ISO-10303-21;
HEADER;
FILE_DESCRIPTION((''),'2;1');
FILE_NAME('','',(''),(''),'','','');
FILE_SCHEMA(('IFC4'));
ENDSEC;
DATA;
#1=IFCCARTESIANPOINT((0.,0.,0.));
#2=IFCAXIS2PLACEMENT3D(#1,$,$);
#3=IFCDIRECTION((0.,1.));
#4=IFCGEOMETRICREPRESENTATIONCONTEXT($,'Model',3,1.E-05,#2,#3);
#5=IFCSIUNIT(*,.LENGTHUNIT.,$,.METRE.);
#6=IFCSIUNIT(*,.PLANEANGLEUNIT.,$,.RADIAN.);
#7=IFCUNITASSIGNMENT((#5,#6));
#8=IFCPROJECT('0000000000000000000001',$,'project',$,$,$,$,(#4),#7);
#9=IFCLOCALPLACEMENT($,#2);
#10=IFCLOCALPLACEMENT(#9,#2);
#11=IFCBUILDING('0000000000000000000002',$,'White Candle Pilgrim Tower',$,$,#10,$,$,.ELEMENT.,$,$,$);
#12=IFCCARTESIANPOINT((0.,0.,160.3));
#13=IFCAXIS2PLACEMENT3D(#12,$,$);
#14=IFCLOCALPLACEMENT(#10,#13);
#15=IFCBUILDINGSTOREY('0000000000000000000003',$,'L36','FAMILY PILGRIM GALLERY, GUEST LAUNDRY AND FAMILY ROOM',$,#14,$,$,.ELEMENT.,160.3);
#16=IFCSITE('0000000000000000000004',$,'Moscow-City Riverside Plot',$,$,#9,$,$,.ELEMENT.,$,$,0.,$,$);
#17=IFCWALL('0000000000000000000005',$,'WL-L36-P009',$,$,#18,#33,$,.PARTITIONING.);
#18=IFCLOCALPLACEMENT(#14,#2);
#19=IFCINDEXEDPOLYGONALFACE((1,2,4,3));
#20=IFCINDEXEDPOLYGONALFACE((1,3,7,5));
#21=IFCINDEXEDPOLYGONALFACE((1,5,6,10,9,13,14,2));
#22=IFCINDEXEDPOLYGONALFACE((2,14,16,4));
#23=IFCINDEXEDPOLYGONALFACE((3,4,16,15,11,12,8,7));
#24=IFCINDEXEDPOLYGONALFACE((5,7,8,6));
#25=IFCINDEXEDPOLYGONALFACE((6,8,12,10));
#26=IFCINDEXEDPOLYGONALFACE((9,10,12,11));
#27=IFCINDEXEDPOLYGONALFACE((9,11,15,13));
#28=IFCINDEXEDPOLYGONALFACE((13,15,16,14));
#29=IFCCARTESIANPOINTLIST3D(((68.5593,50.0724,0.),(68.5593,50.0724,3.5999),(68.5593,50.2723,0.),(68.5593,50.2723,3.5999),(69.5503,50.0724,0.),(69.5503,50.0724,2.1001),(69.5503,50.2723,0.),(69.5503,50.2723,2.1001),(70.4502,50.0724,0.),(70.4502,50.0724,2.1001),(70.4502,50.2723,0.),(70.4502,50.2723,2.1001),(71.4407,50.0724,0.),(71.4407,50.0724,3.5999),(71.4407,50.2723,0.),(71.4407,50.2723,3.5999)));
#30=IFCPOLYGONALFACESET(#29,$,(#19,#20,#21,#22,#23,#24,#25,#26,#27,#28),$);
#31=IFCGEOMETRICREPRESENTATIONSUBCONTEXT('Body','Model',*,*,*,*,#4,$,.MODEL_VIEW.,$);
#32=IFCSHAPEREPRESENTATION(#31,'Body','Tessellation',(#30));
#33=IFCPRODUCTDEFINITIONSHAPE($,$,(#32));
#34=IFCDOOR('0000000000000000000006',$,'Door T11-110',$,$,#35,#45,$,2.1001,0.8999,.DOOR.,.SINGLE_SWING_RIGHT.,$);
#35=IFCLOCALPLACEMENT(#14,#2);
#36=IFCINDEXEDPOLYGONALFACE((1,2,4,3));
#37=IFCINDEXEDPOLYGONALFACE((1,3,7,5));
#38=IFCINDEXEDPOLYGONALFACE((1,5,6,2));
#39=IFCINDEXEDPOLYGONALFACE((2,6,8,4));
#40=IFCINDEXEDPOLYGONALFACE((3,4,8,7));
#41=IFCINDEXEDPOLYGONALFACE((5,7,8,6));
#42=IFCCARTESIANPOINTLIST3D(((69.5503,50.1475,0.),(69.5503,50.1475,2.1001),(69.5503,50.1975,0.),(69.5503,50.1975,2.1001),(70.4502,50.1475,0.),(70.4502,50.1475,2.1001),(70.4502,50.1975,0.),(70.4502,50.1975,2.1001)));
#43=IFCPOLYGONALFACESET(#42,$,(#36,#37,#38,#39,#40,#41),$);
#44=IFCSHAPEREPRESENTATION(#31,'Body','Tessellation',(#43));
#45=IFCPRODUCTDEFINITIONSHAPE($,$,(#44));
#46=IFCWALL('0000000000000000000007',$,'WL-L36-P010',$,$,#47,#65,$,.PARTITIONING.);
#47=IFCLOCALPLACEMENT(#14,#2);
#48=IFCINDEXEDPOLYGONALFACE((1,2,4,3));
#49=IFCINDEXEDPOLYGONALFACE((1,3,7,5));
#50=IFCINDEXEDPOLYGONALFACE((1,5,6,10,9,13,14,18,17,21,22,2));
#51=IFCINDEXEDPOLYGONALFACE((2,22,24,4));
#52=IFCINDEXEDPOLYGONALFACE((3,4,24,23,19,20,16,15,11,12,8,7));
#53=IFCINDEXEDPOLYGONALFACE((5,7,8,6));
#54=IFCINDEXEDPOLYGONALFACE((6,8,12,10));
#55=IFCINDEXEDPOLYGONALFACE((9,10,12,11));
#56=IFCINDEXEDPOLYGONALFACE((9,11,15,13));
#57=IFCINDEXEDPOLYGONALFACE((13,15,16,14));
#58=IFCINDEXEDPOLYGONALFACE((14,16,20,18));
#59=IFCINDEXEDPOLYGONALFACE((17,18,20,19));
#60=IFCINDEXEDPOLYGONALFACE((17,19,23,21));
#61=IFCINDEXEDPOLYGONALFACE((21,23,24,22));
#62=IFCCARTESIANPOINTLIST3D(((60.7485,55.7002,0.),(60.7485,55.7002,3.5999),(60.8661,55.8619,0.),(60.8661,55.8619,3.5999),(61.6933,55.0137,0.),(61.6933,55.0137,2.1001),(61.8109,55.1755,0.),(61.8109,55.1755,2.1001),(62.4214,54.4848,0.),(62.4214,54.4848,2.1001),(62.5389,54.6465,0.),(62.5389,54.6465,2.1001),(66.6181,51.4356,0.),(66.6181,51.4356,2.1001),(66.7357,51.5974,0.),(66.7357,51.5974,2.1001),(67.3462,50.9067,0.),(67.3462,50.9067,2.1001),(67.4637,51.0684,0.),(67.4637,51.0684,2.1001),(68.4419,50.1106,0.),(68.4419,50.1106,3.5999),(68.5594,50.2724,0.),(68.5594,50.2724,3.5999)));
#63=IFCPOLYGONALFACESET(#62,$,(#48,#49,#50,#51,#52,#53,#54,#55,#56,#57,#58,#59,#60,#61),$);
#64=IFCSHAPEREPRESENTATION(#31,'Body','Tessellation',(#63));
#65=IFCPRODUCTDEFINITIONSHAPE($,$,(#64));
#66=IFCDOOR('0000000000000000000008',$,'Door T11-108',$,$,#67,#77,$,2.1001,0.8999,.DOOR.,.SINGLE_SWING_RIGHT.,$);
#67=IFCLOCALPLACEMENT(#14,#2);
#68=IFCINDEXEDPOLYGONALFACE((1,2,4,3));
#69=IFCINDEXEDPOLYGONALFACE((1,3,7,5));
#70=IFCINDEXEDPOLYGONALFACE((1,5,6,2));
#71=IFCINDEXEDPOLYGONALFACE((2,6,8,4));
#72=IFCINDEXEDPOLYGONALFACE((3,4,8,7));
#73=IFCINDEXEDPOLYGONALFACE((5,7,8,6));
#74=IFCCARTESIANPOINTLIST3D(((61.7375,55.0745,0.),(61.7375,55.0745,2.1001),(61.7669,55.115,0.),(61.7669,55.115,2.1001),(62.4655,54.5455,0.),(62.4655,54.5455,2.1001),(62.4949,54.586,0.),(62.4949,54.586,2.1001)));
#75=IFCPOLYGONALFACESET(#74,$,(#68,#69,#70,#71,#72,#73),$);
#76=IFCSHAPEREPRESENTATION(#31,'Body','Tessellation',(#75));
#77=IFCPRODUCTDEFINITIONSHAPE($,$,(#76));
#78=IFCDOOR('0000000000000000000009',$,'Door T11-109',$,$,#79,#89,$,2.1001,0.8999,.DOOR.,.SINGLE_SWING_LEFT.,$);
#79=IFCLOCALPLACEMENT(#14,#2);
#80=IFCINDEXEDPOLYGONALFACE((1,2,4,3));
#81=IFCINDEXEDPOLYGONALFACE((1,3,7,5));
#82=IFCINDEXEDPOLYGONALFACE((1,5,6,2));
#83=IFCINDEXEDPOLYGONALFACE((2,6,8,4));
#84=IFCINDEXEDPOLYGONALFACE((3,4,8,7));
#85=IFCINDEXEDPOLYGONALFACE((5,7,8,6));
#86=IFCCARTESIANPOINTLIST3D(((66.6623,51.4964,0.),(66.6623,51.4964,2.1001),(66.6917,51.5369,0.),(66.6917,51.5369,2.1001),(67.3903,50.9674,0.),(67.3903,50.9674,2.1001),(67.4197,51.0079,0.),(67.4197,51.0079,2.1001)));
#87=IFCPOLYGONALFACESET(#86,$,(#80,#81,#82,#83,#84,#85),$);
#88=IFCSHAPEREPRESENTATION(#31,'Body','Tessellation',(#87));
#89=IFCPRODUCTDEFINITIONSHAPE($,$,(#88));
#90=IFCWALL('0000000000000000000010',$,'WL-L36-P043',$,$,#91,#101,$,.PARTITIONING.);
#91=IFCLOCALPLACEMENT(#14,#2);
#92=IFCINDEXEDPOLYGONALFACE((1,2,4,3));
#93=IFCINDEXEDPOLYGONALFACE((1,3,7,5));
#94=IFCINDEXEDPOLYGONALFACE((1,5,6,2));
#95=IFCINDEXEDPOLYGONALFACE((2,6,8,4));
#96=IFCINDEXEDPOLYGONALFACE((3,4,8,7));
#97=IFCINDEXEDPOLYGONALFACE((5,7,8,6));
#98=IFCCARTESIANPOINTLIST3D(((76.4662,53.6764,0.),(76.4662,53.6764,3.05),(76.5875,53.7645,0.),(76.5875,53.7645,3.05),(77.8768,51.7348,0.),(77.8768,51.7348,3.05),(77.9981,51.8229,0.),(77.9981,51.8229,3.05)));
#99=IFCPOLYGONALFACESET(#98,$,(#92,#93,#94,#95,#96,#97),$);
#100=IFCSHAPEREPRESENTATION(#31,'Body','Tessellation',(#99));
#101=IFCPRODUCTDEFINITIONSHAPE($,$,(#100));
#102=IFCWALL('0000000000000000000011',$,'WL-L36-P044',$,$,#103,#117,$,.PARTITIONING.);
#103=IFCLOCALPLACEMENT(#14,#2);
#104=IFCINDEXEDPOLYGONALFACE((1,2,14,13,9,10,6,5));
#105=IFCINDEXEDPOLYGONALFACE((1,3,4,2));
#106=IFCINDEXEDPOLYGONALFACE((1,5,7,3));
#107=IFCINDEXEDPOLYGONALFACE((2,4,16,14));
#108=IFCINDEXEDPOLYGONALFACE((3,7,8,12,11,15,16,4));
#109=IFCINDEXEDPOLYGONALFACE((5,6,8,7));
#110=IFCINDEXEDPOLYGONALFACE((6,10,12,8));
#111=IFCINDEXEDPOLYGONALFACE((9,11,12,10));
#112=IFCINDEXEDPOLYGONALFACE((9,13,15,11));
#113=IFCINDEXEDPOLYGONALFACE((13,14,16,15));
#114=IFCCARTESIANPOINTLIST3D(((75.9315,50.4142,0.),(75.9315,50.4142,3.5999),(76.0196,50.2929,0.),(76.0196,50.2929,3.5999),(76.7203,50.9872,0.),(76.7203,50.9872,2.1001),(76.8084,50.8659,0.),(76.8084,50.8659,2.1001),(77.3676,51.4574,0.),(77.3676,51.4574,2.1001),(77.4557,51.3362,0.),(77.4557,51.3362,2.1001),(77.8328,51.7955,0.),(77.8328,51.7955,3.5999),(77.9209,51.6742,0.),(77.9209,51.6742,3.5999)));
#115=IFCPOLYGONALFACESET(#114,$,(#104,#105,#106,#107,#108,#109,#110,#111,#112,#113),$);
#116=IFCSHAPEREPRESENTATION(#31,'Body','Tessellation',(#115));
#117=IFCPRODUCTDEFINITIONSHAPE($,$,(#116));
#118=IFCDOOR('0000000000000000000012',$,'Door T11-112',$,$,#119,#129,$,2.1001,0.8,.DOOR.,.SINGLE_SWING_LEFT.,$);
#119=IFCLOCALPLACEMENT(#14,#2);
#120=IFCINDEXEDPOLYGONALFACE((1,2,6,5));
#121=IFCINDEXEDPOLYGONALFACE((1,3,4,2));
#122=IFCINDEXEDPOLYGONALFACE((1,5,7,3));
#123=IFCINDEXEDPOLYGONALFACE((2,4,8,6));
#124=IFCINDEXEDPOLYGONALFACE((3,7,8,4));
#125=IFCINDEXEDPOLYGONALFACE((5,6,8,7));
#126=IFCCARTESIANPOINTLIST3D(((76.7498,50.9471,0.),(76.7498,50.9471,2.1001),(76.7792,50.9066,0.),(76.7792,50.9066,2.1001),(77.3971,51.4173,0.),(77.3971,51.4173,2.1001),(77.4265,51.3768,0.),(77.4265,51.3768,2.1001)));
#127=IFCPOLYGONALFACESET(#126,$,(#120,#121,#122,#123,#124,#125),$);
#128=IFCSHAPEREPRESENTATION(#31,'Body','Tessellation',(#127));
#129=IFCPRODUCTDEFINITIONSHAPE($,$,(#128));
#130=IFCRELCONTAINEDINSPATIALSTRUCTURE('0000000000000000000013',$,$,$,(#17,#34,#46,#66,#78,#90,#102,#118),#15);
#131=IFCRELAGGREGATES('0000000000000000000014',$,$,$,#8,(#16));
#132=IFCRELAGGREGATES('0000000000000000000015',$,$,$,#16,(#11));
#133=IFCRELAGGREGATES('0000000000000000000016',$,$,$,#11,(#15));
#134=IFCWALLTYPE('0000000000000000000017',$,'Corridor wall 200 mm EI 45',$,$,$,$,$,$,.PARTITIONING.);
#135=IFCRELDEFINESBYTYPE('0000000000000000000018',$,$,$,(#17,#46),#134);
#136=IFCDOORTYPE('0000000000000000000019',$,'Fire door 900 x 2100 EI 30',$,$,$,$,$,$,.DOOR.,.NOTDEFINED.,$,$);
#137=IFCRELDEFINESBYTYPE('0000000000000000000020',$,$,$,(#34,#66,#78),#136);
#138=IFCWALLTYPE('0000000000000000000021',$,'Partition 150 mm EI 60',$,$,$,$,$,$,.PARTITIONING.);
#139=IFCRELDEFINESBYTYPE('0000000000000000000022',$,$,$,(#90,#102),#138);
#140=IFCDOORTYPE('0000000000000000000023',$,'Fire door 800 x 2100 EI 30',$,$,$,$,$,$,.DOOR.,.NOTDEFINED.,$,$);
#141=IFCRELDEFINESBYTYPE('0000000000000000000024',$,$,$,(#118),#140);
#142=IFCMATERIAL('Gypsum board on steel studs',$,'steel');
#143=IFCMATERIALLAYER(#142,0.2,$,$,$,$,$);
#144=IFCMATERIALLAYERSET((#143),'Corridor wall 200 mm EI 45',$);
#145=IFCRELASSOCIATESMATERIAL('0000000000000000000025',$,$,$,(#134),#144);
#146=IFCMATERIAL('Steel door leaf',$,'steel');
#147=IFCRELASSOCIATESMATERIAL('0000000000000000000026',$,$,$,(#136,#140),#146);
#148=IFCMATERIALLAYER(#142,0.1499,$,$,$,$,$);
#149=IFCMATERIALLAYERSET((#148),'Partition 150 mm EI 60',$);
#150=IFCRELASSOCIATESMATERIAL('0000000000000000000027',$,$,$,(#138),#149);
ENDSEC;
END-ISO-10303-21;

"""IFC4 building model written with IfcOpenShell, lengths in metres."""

from ifc_helpers import new_model, si_unit, direction, frame, frame_2d, origin, place, context, subcontext, project, spatial, rectangle, extrude, material, layer, layer_set, type_object, element, fill, save


model = new_model("IFC4")

# Units and contexts
model_context = context("Model", 3, precision=1e-05, world=origin(), true_north=direction((0.0, 1.0)))
body_context = subcontext(model_context, "Body", "Model", "MODEL_VIEW")
ifc_project = project(units=[si_unit("LENGTHUNIT", "METRE"), si_unit("PLANEANGLEUNIT", "RADIAN")], contexts=[model_context])

# Site, building, storey
site_placement = place(None, origin())
site = spatial("IfcSite", under=ifc_project, at=site_placement, Name="Moscow-City Riverside Plot", CompositionType="ELEMENT", RefElevation=0.0)
building_placement = place(site_placement, origin())
building = spatial("IfcBuilding", under=site, at=building_placement, Name="White Candle Pilgrim Tower", CompositionType="ELEMENT")
storey_placement = place(building_placement, frame((0.0, 0.0, 160.3)))
storey = spatial("IfcBuildingStorey", under=building, at=storey_placement, Name="L36", Description="FAMILY PILGRIM GALLERY, GUEST LAUNDRY AND FAMILY ROOM", CompositionType="ELEMENT", Elevation=160.3)

# Shared definitions
ifc_material_1 = material(Name="Gypsum board on steel studs", Category="steel")
ifc_layer_1 = layer(ifc_material_1, 0.2)
ifc_layer_set_1 = layer_set([ifc_layer_1], Name="Corridor wall 200 mm EI 45")
wall_type_1 = type_object("IfcWallType", Name="Corridor wall 200 mm EI 45", PredefinedType="PARTITIONING", material=ifc_layer_set_1)
ifc_material_2 = material(Name="Steel door leaf", Category="steel")
door_type_1 = type_object("IfcDoorType", Name="Fire door 900 x 2100 EI 30", OperationType="NOTDEFINED", PredefinedType="DOOR", material=ifc_material_2)

# Wall, opening, door
wall_1_placement = place(storey_placement, frame((71.4407, 50.1724, 0.0), z_axis=(0.0, 0.0, 1.0), x_axis=(-1.0, 0.0, 0.0)))
wall_1 = element("IfcWall", 1, at=wall_1_placement, inside=storey, type_object=wall_type_1, Name="WL-L36-P009", PredefinedType="PARTITIONING", context=body_context, shape_type="SweptSolid", body=[
    extrude(rectangle(XDim=2.8813, YDim=0.2, at=frame_2d((1.4407, 0.0))), origin(), (0.0, 0.0, 1.0), 3.5999),
])
opening_1_placement = place(wall_1_placement, frame((0.9905, 0.0, 0.0)))
opening_1 = element("IfcOpeningElement", 2, at=opening_1_placement, cuts=wall_1, PredefinedType="OPENING", context=body_context, shape_type="SweptSolid", body=[
    extrude(rectangle(XDim=0.8999, YDim=2.1001, at=frame_2d((0.45, 1.05))), frame((0.0, 0.1099, 0.0), z_axis=(0.0, -1.0, 0.0), x_axis=(1.0, 0.0, 0.0)), (0.0, 0.0, 1.0), 0.22),
])
door_1_placement = place(opening_1_placement, origin())
door_1 = element("IfcDoor", 3, at=door_1_placement, inside=storey, type_object=door_type_1, Name="Door T11-110", OperationType="SINGLE_SWING_RIGHT", OverallHeight=2.1001, OverallWidth=0.8999, PredefinedType="DOOR", context=body_context, shape_type="SweptSolid", body=[
    extrude(rectangle(XDim=0.8999, YDim=2.1001, at=frame_2d((0.45, 1.05))), frame((0.0, 0.0249, 0.0), z_axis=(0.0, -1.0, 0.0), x_axis=(1.0, 0.0, 0.0)), (0.0, 0.0, 1.0), 0.05),
])
fill(opening_1, door_1)

# Wall, openings, doors
wall_2_placement = place(storey_placement, frame((68.5007, 50.1914, 0.0), z_axis=(0.0, 0.0, 1.0), x_axis=(-0.809015, 0.587788, 0.0)))
wall_2 = element("IfcWall", 4, at=wall_2_placement, inside=storey, type_object=wall_type_1, Name="WL-L36-P010", PredefinedType="PARTITIONING", context=body_context, shape_type="SweptSolid", body=[
    extrude(rectangle(XDim=9.5095, YDim=0.2, at=frame_2d((4.7549, 0.0))), origin(), (0.0, 0.0, 1.0), 3.5999),
])
opening_2_placement = place(wall_2_placement, frame((7.4419, 0.0, 0.0)))
opening_2 = element("IfcOpeningElement", 5, at=opening_2_placement, cuts=wall_2, PredefinedType="OPENING", context=body_context, shape_type="SweptSolid", body=[
    extrude(rectangle(XDim=0.8999, YDim=2.1001, at=frame_2d((0.45, 1.05))), frame((0.0, 0.1099, 0.0), z_axis=(0.0, -1.0, 0.0), x_axis=(1.0, 0.0, 0.0)), (0.0, 0.0, 1.0), 0.22),
])
opening_3_placement = place(wall_2_placement, frame((1.3545, 0.0, 0.0)))
opening_3 = element("IfcOpeningElement", 6, at=opening_3_placement, cuts=wall_2, PredefinedType="OPENING", context=body_context, shape_type="SweptSolid", body=[
    extrude(rectangle(XDim=0.8999, YDim=2.1001, at=frame_2d((0.45, 1.05))), frame((0.0, 0.1099, 0.0), z_axis=(0.0, -1.0, 0.0), x_axis=(1.0, 0.0, 0.0)), (0.0, 0.0, 1.0), 0.22),
])
door_2_placement = place(opening_2_placement, origin())
door_2 = element("IfcDoor", 7, at=door_2_placement, inside=storey, type_object=door_type_1, Name="Door T11-108", OperationType="SINGLE_SWING_RIGHT", OverallHeight=2.1001, OverallWidth=0.8999, PredefinedType="DOOR", context=body_context, shape_type="SweptSolid", body=[
    extrude(rectangle(XDim=0.8999, YDim=2.1001, at=frame_2d((0.45, 1.05))), frame((0.0, 0.0249, 0.0), z_axis=(0.0, -1.0, 0.0), x_axis=(1.0, 0.0, 0.0)), (0.0, 0.0, 1.0), 0.05),
])
fill(opening_2, door_2)
door_3_placement = place(opening_3_placement, origin())
door_3 = element("IfcDoor", 8, at=door_3_placement, inside=storey, type_object=door_type_1, Name="Door T11-109", OperationType="SINGLE_SWING_LEFT", OverallHeight=2.1001, OverallWidth=0.8999, PredefinedType="DOOR", context=body_context, shape_type="SweptSolid", body=[
    extrude(rectangle(XDim=0.8999, YDim=2.1001, at=frame_2d((0.45, 1.05))), frame((0.0, 0.0249, 0.0), z_axis=(0.0, -1.0, 0.0), x_axis=(1.0, 0.0, 0.0)), (0.0, 0.0, 1.0), 0.05),
])
fill(opening_3, door_3)

# Wall
ifc_layer_2 = layer(ifc_material_1, 0.1499)
ifc_layer_set_2 = layer_set([ifc_layer_2], Name="Partition 150 mm EI 60")
wall_type_2 = type_object("IfcWallType", Name="Partition 150 mm EI 60", PredefinedType="PARTITIONING", material=ifc_layer_set_2)
wall_3_placement = place(storey_placement, frame((76.5269, 53.7205, 0.0), z_axis=(0.0, 0.0, 1.0), x_axis=(0.587772, -0.809026, 0.0)))
element("IfcWall", 9, at=wall_3_placement, inside=storey, type_object=wall_type_2, Name="WL-L36-P043", PredefinedType="PARTITIONING", context=body_context, shape_type="SweptSolid", body=[
    extrude(rectangle(XDim=2.3999, YDim=0.1499, at=frame_2d((1.2, 0.0))), origin(), (0.0, 0.0, 1.0), 3.05),
])

# Wall, opening, door
wall_4_placement = place(storey_placement, frame((75.9756, 50.3535, 0.0), z_axis=(0.0, 0.0, 1.0), x_axis=(0.809032, 0.587764, 0.0)))
wall_4 = element("IfcWall", 10, at=wall_4_placement, inside=storey, type_object=wall_type_2, Name="WL-L36-P044", PredefinedType="PARTITIONING", context=body_context, shape_type="SweptSolid", body=[
    extrude(rectangle(XDim=2.3501, YDim=0.1499, at=frame_2d((1.175, 0.0))), origin(), (0.0, 0.0, 1.0), 3.5999),
])
opening_4_placement = place(wall_4_placement, frame((0.9751, 0.0, 0.0)))
opening_4 = element("IfcOpeningElement", 11, at=opening_4_placement, cuts=wall_4, PredefinedType="OPENING", context=body_context, shape_type="SweptSolid", body=[
    extrude(rectangle(XDim=0.8, YDim=2.1001, at=frame_2d((0.3999, 1.05))), frame((0.0, 0.085, 0.0), z_axis=(0.0, -1.0, 0.0), x_axis=(1.0, 0.0, 0.0)), (0.0, 0.0, 1.0), 0.1699),
])
door_type_2 = type_object("IfcDoorType", Name="Fire door 800 x 2100 EI 30", OperationType="NOTDEFINED", PredefinedType="DOOR", material=ifc_material_2)
door_4_placement = place(opening_4_placement, frame((0.8, 0.0, 0.0), z_axis=(0.0, 0.0, 1.0), x_axis=(-1.0, 0.0, 0.0)))
door_4 = element("IfcDoor", 12, at=door_4_placement, inside=storey, type_object=door_type_2, Name="Door T11-112", OperationType="SINGLE_SWING_LEFT", OverallHeight=2.1001, OverallWidth=0.8, PredefinedType="DOOR", context=body_context, shape_type="SweptSolid", body=[
    extrude(rectangle(XDim=0.8, YDim=2.1001, at=frame_2d((0.3999, 1.05))), frame((0.0, 0.0249, 0.0), z_axis=(0.0, -1.0, 0.0), x_axis=(1.0, 0.0, 0.0)), (0.0, 0.0, 1.0), 0.05),
])
fill(opening_4, door_4)

save(model, "model.ifc")
